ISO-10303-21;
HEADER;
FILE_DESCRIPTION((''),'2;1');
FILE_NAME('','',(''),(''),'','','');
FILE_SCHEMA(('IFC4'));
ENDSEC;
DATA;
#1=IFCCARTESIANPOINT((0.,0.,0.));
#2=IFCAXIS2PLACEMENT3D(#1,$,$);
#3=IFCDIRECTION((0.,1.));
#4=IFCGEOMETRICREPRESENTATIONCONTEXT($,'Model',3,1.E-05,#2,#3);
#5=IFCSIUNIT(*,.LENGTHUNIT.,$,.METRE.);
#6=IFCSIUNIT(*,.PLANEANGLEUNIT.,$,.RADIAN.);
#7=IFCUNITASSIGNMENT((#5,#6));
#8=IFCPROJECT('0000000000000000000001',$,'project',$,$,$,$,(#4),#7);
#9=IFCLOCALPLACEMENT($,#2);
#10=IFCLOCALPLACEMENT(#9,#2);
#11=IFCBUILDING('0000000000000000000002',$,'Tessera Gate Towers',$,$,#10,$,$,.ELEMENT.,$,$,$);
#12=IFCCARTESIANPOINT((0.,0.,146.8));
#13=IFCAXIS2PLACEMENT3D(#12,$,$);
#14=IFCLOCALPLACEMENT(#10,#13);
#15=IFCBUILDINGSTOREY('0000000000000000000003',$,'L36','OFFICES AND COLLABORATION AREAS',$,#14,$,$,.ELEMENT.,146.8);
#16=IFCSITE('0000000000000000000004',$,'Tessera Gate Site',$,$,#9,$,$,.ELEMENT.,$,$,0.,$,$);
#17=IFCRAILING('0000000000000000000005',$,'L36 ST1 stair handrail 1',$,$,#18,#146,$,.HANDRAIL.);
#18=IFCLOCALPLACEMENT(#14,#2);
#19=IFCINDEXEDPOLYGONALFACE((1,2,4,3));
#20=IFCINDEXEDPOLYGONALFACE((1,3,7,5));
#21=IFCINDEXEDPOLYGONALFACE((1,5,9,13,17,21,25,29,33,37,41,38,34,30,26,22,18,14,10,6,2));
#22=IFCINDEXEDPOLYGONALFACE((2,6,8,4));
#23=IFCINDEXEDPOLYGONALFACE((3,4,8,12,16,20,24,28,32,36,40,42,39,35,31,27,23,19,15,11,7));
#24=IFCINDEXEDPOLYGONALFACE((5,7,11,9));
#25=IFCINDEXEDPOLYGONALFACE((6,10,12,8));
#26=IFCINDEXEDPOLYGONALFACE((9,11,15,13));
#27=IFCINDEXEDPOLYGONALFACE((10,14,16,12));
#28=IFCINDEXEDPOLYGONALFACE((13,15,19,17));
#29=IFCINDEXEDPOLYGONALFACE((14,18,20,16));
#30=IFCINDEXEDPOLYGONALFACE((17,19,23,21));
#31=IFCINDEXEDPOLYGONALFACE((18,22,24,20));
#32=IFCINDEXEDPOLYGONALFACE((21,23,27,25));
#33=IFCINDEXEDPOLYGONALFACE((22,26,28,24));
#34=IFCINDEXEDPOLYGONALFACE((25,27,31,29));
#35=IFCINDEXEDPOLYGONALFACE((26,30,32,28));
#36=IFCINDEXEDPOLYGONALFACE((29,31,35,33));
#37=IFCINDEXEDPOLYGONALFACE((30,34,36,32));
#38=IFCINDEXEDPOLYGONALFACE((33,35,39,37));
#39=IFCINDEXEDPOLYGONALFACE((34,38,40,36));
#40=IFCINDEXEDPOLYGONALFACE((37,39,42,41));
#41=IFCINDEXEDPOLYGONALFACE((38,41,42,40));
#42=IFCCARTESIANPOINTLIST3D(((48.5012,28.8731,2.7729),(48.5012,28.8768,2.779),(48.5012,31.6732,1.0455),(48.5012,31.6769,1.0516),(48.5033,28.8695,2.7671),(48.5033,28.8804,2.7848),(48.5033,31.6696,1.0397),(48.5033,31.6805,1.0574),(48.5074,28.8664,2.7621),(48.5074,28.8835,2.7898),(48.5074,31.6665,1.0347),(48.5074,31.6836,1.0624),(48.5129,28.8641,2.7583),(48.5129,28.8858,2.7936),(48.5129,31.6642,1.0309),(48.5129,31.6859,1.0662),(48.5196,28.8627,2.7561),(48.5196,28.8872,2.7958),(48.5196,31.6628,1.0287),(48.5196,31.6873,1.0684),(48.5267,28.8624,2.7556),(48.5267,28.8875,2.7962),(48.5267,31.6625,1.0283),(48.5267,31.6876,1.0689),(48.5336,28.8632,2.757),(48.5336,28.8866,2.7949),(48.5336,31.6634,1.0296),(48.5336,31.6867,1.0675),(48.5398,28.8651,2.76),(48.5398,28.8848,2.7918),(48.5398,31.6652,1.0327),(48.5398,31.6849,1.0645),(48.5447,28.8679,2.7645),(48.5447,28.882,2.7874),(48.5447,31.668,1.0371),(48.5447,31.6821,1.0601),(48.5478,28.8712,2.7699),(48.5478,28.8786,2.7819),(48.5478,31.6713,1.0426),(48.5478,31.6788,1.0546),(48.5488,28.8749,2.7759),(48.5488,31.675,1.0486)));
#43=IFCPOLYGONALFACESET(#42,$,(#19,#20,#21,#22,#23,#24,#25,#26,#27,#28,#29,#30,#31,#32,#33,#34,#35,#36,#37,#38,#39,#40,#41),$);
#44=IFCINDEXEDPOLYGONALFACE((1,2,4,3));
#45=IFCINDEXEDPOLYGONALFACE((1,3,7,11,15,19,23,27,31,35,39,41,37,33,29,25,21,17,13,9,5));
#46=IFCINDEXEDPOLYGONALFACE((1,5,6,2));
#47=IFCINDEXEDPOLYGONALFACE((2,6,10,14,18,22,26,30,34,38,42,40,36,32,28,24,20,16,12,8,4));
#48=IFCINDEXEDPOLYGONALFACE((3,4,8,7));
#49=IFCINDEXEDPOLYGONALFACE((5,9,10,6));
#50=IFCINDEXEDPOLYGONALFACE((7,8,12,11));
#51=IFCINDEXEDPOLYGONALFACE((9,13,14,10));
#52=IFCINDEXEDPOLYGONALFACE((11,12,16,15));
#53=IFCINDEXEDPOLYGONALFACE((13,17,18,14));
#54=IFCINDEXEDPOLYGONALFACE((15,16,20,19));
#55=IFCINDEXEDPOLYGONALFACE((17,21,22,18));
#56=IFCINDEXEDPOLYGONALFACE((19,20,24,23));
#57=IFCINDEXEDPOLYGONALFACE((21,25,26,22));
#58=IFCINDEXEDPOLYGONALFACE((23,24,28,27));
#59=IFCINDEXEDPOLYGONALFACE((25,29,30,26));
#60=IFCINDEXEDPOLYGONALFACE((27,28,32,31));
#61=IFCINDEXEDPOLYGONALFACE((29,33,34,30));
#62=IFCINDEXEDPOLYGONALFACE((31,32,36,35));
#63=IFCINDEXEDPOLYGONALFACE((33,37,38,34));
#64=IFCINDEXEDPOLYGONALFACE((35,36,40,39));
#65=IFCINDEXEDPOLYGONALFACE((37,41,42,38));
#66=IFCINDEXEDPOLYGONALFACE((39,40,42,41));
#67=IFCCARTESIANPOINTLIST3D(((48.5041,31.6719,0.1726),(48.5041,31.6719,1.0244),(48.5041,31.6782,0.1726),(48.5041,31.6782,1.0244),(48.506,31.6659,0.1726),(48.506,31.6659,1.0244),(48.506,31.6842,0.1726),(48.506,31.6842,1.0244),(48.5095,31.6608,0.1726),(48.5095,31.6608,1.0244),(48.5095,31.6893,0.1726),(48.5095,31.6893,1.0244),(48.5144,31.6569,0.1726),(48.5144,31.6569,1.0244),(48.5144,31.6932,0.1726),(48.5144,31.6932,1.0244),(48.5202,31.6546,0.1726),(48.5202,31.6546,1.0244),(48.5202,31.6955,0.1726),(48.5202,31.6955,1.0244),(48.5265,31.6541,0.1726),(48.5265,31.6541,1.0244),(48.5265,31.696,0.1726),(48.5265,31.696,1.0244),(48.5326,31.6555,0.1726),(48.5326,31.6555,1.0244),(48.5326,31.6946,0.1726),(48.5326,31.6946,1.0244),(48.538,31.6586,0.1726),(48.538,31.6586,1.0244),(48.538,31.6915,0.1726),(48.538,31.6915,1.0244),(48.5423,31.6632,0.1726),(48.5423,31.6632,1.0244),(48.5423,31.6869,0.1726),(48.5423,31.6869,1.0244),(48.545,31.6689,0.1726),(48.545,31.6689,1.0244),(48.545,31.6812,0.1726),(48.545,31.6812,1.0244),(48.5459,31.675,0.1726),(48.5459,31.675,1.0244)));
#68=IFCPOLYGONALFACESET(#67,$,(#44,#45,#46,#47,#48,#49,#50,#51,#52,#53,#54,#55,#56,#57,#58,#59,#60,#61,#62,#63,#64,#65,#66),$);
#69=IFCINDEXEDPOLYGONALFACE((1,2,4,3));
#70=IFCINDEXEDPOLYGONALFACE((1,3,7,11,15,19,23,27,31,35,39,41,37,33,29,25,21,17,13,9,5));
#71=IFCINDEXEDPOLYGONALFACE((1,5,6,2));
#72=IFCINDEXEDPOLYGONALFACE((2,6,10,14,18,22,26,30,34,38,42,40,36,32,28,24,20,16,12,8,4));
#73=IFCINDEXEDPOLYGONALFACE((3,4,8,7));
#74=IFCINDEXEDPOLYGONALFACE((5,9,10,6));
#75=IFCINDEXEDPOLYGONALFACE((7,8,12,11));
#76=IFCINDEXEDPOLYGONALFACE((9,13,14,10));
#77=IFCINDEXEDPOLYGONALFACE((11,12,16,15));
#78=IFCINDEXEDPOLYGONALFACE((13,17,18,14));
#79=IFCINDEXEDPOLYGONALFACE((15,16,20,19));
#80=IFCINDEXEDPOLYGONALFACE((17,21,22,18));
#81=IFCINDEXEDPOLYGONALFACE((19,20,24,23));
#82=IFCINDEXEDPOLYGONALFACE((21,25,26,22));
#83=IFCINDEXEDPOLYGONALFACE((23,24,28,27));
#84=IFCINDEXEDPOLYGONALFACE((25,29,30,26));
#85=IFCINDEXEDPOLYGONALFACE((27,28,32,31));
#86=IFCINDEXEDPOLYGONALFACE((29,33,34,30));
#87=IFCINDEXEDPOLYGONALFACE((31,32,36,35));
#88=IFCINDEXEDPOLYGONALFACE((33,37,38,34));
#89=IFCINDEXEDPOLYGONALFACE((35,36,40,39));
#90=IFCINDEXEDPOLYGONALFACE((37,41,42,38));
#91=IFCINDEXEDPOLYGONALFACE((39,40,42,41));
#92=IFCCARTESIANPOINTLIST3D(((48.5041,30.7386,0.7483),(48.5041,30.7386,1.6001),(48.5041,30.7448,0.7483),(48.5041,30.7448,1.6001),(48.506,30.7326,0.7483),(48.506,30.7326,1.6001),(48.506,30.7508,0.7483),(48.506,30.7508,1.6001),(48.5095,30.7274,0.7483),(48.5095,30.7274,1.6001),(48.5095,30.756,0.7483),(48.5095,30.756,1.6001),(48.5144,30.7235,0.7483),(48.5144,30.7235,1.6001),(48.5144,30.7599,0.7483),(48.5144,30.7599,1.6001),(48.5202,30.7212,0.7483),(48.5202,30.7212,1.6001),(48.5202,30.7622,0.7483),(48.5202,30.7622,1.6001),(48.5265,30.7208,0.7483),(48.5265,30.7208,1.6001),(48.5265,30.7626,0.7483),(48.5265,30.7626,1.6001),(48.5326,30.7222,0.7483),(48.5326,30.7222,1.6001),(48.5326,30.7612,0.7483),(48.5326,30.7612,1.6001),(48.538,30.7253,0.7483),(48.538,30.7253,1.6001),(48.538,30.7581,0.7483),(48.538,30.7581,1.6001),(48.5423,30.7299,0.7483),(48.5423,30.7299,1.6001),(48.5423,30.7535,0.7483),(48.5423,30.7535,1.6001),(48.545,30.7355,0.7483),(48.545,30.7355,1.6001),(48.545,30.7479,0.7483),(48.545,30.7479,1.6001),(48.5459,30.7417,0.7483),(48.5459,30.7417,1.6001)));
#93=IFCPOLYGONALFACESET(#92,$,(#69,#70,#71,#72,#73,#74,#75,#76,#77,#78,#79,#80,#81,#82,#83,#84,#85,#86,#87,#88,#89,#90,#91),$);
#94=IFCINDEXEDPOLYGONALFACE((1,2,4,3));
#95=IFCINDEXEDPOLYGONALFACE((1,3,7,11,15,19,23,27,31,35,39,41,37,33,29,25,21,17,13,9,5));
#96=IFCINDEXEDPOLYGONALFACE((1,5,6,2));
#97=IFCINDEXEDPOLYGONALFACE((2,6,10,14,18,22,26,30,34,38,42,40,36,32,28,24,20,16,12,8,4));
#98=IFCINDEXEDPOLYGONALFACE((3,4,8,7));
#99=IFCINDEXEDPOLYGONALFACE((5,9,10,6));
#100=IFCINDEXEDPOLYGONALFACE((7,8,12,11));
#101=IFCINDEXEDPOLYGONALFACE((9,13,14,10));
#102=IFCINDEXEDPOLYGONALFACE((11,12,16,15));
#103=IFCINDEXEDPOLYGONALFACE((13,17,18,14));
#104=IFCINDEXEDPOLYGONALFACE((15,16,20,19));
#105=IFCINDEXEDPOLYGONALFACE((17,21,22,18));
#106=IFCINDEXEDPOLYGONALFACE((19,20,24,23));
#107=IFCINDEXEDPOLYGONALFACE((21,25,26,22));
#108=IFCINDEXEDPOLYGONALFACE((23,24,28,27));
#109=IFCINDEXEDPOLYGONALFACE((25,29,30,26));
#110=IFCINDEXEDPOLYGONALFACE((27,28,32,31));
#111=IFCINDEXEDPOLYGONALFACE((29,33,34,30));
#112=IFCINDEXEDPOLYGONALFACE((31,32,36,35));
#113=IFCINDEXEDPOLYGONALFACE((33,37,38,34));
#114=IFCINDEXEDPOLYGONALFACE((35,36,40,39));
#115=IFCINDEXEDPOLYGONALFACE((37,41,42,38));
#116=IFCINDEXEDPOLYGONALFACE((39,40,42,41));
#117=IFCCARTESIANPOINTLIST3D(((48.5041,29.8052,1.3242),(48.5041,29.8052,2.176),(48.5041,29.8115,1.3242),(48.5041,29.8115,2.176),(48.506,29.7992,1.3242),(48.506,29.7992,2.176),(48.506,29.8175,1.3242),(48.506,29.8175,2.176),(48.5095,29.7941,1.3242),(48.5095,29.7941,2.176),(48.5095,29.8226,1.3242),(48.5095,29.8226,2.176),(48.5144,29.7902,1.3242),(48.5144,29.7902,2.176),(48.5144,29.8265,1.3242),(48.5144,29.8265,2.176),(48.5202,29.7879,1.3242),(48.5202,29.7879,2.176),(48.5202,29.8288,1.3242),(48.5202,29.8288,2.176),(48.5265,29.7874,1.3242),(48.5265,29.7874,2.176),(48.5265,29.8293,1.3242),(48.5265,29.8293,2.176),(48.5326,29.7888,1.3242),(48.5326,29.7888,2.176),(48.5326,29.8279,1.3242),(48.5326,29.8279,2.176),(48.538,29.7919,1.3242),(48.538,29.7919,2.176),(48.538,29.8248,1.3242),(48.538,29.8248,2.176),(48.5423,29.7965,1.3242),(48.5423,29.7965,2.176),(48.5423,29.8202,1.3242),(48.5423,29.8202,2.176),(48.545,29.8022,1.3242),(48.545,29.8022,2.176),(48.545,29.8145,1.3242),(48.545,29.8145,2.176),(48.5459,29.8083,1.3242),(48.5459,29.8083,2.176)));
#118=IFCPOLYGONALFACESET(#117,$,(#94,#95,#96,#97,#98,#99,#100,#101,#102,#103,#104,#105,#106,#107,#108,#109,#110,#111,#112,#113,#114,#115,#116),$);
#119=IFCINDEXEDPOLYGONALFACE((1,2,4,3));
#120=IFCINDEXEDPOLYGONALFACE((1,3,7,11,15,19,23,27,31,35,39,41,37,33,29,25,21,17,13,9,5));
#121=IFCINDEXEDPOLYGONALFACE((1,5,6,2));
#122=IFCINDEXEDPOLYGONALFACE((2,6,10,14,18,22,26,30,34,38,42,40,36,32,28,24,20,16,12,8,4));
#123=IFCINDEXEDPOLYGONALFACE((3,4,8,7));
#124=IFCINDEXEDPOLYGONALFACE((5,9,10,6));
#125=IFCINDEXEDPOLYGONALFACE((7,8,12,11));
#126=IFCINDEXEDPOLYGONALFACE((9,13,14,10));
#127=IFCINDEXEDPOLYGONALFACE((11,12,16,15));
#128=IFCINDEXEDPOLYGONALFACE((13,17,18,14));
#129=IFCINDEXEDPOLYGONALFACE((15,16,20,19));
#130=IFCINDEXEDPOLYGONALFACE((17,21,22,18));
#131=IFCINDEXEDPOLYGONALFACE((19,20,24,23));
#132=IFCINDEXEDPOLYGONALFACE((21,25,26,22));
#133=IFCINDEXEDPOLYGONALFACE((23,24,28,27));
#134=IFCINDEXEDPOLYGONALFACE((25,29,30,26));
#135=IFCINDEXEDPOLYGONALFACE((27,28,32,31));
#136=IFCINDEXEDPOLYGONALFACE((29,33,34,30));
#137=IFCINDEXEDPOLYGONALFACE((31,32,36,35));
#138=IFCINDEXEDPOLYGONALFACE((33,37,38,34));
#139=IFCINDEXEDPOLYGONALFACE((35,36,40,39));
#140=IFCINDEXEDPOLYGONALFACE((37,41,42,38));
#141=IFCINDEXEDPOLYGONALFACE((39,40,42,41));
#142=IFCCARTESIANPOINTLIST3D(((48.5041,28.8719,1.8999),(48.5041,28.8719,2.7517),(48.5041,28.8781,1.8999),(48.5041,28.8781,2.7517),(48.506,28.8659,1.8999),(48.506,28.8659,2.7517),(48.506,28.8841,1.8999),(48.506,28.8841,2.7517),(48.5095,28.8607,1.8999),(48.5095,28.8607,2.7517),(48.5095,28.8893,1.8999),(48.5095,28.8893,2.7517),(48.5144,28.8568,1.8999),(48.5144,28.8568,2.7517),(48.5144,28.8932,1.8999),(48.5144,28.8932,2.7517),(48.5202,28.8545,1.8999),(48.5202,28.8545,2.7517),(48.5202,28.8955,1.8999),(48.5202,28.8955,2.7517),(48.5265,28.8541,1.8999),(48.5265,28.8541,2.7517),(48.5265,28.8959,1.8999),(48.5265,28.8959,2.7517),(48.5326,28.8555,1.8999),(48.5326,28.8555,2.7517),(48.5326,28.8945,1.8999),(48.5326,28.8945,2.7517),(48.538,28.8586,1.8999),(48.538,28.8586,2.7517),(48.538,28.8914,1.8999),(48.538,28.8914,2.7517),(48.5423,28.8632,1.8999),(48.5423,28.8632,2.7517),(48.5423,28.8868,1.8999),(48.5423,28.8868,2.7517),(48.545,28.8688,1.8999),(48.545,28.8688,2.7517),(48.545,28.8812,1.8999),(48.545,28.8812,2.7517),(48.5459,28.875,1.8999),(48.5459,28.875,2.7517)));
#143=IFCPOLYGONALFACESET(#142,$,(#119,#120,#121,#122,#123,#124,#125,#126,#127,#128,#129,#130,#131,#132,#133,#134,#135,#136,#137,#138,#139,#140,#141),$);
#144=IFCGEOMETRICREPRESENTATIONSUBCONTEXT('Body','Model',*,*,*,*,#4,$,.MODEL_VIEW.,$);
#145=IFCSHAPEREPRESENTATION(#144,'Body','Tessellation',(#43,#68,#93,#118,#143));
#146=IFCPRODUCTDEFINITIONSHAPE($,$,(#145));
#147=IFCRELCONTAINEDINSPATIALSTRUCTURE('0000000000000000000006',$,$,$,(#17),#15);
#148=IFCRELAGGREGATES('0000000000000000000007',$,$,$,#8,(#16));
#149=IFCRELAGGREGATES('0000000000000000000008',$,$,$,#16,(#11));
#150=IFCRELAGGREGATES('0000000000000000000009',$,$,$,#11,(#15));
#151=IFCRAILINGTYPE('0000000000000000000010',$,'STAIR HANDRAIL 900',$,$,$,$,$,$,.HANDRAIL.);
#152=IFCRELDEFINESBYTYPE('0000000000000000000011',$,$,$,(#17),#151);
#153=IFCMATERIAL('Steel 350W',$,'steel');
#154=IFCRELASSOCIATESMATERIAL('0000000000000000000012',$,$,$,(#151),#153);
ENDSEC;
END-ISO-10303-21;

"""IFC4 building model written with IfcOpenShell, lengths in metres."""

from ifc_helpers import new_model, si_unit, direction, frame, origin, origin_2d, place, context, subcontext, project, spatial, circle, extrude, material, type_object, element, save


model = new_model("IFC4")

# Units and contexts
model_context = context("Model", 3, precision=1e-05, world=origin(), true_north=direction((0.0, 1.0)))
body_context = subcontext(model_context, "Body", "Model", "MODEL_VIEW")
ifc_project = project(units=[si_unit("LENGTHUNIT", "METRE"), si_unit("PLANEANGLEUNIT", "RADIAN")], contexts=[model_context])

# Site, building, storey
site_placement = place(None, origin())
site = spatial("IfcSite", under=ifc_project, at=site_placement, Name="Tessera Gate Site", CompositionType="ELEMENT", RefElevation=0.0)
building_placement = place(site_placement, origin())
building = spatial("IfcBuilding", under=site, at=building_placement, Name="Tessera Gate Towers", CompositionType="ELEMENT")
storey_placement = place(building_placement, frame((0.0, 0.0, 146.8)))
storey = spatial("IfcBuildingStorey", under=building, at=storey_placement, Name="L36", Description="OFFICES AND COLLABORATION AREAS", CompositionType="ELEMENT", Elevation=146.8)

# Railing
ifc_material_1 = material(Name="Steel 350W", Category="steel")
railing_type_1 = type_object("IfcRailingType", Name="STAIR HANDRAIL 900", PredefinedType="HANDRAIL", material=ifc_material_1)
railing_1_placement = place(storey_placement, frame((48.5249, 31.675, 0.1726)))
element("IfcRailing", 1, at=railing_1_placement, inside=storey, type_object=railing_type_1, Name="L36 ST1 stair handrail 1", PredefinedType="HANDRAIL", context=body_context, shape_type="SweptSolid", body=[
    extrude(circle(Radius=0.0239, at=origin_2d()), frame((0.0, 0.0, 0.876), z_axis=(0.0, -0.85109, 0.52502), x_axis=(1.0, 0.0, 0.0)), (0.0, 0.0, 1.0), 3.29),
    extrude(circle(Radius=0.021, at=origin_2d()), origin(), (0.0, 0.0, 1.0), 0.8518),
    extrude(circle(Radius=0.021, at=origin_2d()), frame((0.0, -0.9333, 0.5757)), (0.0, 0.0, 1.0), 0.8518),
    extrude(circle(Radius=0.021, at=origin_2d()), frame((0.0, -1.8667, 1.1516)), (0.0, 0.0, 1.0), 0.8518),
    extrude(circle(Radius=0.021, at=origin_2d()), frame((0.0, -2.8, 1.7273)), (0.0, 0.0, 1.0), 0.8518),
])

save(model, "model.ifc")
